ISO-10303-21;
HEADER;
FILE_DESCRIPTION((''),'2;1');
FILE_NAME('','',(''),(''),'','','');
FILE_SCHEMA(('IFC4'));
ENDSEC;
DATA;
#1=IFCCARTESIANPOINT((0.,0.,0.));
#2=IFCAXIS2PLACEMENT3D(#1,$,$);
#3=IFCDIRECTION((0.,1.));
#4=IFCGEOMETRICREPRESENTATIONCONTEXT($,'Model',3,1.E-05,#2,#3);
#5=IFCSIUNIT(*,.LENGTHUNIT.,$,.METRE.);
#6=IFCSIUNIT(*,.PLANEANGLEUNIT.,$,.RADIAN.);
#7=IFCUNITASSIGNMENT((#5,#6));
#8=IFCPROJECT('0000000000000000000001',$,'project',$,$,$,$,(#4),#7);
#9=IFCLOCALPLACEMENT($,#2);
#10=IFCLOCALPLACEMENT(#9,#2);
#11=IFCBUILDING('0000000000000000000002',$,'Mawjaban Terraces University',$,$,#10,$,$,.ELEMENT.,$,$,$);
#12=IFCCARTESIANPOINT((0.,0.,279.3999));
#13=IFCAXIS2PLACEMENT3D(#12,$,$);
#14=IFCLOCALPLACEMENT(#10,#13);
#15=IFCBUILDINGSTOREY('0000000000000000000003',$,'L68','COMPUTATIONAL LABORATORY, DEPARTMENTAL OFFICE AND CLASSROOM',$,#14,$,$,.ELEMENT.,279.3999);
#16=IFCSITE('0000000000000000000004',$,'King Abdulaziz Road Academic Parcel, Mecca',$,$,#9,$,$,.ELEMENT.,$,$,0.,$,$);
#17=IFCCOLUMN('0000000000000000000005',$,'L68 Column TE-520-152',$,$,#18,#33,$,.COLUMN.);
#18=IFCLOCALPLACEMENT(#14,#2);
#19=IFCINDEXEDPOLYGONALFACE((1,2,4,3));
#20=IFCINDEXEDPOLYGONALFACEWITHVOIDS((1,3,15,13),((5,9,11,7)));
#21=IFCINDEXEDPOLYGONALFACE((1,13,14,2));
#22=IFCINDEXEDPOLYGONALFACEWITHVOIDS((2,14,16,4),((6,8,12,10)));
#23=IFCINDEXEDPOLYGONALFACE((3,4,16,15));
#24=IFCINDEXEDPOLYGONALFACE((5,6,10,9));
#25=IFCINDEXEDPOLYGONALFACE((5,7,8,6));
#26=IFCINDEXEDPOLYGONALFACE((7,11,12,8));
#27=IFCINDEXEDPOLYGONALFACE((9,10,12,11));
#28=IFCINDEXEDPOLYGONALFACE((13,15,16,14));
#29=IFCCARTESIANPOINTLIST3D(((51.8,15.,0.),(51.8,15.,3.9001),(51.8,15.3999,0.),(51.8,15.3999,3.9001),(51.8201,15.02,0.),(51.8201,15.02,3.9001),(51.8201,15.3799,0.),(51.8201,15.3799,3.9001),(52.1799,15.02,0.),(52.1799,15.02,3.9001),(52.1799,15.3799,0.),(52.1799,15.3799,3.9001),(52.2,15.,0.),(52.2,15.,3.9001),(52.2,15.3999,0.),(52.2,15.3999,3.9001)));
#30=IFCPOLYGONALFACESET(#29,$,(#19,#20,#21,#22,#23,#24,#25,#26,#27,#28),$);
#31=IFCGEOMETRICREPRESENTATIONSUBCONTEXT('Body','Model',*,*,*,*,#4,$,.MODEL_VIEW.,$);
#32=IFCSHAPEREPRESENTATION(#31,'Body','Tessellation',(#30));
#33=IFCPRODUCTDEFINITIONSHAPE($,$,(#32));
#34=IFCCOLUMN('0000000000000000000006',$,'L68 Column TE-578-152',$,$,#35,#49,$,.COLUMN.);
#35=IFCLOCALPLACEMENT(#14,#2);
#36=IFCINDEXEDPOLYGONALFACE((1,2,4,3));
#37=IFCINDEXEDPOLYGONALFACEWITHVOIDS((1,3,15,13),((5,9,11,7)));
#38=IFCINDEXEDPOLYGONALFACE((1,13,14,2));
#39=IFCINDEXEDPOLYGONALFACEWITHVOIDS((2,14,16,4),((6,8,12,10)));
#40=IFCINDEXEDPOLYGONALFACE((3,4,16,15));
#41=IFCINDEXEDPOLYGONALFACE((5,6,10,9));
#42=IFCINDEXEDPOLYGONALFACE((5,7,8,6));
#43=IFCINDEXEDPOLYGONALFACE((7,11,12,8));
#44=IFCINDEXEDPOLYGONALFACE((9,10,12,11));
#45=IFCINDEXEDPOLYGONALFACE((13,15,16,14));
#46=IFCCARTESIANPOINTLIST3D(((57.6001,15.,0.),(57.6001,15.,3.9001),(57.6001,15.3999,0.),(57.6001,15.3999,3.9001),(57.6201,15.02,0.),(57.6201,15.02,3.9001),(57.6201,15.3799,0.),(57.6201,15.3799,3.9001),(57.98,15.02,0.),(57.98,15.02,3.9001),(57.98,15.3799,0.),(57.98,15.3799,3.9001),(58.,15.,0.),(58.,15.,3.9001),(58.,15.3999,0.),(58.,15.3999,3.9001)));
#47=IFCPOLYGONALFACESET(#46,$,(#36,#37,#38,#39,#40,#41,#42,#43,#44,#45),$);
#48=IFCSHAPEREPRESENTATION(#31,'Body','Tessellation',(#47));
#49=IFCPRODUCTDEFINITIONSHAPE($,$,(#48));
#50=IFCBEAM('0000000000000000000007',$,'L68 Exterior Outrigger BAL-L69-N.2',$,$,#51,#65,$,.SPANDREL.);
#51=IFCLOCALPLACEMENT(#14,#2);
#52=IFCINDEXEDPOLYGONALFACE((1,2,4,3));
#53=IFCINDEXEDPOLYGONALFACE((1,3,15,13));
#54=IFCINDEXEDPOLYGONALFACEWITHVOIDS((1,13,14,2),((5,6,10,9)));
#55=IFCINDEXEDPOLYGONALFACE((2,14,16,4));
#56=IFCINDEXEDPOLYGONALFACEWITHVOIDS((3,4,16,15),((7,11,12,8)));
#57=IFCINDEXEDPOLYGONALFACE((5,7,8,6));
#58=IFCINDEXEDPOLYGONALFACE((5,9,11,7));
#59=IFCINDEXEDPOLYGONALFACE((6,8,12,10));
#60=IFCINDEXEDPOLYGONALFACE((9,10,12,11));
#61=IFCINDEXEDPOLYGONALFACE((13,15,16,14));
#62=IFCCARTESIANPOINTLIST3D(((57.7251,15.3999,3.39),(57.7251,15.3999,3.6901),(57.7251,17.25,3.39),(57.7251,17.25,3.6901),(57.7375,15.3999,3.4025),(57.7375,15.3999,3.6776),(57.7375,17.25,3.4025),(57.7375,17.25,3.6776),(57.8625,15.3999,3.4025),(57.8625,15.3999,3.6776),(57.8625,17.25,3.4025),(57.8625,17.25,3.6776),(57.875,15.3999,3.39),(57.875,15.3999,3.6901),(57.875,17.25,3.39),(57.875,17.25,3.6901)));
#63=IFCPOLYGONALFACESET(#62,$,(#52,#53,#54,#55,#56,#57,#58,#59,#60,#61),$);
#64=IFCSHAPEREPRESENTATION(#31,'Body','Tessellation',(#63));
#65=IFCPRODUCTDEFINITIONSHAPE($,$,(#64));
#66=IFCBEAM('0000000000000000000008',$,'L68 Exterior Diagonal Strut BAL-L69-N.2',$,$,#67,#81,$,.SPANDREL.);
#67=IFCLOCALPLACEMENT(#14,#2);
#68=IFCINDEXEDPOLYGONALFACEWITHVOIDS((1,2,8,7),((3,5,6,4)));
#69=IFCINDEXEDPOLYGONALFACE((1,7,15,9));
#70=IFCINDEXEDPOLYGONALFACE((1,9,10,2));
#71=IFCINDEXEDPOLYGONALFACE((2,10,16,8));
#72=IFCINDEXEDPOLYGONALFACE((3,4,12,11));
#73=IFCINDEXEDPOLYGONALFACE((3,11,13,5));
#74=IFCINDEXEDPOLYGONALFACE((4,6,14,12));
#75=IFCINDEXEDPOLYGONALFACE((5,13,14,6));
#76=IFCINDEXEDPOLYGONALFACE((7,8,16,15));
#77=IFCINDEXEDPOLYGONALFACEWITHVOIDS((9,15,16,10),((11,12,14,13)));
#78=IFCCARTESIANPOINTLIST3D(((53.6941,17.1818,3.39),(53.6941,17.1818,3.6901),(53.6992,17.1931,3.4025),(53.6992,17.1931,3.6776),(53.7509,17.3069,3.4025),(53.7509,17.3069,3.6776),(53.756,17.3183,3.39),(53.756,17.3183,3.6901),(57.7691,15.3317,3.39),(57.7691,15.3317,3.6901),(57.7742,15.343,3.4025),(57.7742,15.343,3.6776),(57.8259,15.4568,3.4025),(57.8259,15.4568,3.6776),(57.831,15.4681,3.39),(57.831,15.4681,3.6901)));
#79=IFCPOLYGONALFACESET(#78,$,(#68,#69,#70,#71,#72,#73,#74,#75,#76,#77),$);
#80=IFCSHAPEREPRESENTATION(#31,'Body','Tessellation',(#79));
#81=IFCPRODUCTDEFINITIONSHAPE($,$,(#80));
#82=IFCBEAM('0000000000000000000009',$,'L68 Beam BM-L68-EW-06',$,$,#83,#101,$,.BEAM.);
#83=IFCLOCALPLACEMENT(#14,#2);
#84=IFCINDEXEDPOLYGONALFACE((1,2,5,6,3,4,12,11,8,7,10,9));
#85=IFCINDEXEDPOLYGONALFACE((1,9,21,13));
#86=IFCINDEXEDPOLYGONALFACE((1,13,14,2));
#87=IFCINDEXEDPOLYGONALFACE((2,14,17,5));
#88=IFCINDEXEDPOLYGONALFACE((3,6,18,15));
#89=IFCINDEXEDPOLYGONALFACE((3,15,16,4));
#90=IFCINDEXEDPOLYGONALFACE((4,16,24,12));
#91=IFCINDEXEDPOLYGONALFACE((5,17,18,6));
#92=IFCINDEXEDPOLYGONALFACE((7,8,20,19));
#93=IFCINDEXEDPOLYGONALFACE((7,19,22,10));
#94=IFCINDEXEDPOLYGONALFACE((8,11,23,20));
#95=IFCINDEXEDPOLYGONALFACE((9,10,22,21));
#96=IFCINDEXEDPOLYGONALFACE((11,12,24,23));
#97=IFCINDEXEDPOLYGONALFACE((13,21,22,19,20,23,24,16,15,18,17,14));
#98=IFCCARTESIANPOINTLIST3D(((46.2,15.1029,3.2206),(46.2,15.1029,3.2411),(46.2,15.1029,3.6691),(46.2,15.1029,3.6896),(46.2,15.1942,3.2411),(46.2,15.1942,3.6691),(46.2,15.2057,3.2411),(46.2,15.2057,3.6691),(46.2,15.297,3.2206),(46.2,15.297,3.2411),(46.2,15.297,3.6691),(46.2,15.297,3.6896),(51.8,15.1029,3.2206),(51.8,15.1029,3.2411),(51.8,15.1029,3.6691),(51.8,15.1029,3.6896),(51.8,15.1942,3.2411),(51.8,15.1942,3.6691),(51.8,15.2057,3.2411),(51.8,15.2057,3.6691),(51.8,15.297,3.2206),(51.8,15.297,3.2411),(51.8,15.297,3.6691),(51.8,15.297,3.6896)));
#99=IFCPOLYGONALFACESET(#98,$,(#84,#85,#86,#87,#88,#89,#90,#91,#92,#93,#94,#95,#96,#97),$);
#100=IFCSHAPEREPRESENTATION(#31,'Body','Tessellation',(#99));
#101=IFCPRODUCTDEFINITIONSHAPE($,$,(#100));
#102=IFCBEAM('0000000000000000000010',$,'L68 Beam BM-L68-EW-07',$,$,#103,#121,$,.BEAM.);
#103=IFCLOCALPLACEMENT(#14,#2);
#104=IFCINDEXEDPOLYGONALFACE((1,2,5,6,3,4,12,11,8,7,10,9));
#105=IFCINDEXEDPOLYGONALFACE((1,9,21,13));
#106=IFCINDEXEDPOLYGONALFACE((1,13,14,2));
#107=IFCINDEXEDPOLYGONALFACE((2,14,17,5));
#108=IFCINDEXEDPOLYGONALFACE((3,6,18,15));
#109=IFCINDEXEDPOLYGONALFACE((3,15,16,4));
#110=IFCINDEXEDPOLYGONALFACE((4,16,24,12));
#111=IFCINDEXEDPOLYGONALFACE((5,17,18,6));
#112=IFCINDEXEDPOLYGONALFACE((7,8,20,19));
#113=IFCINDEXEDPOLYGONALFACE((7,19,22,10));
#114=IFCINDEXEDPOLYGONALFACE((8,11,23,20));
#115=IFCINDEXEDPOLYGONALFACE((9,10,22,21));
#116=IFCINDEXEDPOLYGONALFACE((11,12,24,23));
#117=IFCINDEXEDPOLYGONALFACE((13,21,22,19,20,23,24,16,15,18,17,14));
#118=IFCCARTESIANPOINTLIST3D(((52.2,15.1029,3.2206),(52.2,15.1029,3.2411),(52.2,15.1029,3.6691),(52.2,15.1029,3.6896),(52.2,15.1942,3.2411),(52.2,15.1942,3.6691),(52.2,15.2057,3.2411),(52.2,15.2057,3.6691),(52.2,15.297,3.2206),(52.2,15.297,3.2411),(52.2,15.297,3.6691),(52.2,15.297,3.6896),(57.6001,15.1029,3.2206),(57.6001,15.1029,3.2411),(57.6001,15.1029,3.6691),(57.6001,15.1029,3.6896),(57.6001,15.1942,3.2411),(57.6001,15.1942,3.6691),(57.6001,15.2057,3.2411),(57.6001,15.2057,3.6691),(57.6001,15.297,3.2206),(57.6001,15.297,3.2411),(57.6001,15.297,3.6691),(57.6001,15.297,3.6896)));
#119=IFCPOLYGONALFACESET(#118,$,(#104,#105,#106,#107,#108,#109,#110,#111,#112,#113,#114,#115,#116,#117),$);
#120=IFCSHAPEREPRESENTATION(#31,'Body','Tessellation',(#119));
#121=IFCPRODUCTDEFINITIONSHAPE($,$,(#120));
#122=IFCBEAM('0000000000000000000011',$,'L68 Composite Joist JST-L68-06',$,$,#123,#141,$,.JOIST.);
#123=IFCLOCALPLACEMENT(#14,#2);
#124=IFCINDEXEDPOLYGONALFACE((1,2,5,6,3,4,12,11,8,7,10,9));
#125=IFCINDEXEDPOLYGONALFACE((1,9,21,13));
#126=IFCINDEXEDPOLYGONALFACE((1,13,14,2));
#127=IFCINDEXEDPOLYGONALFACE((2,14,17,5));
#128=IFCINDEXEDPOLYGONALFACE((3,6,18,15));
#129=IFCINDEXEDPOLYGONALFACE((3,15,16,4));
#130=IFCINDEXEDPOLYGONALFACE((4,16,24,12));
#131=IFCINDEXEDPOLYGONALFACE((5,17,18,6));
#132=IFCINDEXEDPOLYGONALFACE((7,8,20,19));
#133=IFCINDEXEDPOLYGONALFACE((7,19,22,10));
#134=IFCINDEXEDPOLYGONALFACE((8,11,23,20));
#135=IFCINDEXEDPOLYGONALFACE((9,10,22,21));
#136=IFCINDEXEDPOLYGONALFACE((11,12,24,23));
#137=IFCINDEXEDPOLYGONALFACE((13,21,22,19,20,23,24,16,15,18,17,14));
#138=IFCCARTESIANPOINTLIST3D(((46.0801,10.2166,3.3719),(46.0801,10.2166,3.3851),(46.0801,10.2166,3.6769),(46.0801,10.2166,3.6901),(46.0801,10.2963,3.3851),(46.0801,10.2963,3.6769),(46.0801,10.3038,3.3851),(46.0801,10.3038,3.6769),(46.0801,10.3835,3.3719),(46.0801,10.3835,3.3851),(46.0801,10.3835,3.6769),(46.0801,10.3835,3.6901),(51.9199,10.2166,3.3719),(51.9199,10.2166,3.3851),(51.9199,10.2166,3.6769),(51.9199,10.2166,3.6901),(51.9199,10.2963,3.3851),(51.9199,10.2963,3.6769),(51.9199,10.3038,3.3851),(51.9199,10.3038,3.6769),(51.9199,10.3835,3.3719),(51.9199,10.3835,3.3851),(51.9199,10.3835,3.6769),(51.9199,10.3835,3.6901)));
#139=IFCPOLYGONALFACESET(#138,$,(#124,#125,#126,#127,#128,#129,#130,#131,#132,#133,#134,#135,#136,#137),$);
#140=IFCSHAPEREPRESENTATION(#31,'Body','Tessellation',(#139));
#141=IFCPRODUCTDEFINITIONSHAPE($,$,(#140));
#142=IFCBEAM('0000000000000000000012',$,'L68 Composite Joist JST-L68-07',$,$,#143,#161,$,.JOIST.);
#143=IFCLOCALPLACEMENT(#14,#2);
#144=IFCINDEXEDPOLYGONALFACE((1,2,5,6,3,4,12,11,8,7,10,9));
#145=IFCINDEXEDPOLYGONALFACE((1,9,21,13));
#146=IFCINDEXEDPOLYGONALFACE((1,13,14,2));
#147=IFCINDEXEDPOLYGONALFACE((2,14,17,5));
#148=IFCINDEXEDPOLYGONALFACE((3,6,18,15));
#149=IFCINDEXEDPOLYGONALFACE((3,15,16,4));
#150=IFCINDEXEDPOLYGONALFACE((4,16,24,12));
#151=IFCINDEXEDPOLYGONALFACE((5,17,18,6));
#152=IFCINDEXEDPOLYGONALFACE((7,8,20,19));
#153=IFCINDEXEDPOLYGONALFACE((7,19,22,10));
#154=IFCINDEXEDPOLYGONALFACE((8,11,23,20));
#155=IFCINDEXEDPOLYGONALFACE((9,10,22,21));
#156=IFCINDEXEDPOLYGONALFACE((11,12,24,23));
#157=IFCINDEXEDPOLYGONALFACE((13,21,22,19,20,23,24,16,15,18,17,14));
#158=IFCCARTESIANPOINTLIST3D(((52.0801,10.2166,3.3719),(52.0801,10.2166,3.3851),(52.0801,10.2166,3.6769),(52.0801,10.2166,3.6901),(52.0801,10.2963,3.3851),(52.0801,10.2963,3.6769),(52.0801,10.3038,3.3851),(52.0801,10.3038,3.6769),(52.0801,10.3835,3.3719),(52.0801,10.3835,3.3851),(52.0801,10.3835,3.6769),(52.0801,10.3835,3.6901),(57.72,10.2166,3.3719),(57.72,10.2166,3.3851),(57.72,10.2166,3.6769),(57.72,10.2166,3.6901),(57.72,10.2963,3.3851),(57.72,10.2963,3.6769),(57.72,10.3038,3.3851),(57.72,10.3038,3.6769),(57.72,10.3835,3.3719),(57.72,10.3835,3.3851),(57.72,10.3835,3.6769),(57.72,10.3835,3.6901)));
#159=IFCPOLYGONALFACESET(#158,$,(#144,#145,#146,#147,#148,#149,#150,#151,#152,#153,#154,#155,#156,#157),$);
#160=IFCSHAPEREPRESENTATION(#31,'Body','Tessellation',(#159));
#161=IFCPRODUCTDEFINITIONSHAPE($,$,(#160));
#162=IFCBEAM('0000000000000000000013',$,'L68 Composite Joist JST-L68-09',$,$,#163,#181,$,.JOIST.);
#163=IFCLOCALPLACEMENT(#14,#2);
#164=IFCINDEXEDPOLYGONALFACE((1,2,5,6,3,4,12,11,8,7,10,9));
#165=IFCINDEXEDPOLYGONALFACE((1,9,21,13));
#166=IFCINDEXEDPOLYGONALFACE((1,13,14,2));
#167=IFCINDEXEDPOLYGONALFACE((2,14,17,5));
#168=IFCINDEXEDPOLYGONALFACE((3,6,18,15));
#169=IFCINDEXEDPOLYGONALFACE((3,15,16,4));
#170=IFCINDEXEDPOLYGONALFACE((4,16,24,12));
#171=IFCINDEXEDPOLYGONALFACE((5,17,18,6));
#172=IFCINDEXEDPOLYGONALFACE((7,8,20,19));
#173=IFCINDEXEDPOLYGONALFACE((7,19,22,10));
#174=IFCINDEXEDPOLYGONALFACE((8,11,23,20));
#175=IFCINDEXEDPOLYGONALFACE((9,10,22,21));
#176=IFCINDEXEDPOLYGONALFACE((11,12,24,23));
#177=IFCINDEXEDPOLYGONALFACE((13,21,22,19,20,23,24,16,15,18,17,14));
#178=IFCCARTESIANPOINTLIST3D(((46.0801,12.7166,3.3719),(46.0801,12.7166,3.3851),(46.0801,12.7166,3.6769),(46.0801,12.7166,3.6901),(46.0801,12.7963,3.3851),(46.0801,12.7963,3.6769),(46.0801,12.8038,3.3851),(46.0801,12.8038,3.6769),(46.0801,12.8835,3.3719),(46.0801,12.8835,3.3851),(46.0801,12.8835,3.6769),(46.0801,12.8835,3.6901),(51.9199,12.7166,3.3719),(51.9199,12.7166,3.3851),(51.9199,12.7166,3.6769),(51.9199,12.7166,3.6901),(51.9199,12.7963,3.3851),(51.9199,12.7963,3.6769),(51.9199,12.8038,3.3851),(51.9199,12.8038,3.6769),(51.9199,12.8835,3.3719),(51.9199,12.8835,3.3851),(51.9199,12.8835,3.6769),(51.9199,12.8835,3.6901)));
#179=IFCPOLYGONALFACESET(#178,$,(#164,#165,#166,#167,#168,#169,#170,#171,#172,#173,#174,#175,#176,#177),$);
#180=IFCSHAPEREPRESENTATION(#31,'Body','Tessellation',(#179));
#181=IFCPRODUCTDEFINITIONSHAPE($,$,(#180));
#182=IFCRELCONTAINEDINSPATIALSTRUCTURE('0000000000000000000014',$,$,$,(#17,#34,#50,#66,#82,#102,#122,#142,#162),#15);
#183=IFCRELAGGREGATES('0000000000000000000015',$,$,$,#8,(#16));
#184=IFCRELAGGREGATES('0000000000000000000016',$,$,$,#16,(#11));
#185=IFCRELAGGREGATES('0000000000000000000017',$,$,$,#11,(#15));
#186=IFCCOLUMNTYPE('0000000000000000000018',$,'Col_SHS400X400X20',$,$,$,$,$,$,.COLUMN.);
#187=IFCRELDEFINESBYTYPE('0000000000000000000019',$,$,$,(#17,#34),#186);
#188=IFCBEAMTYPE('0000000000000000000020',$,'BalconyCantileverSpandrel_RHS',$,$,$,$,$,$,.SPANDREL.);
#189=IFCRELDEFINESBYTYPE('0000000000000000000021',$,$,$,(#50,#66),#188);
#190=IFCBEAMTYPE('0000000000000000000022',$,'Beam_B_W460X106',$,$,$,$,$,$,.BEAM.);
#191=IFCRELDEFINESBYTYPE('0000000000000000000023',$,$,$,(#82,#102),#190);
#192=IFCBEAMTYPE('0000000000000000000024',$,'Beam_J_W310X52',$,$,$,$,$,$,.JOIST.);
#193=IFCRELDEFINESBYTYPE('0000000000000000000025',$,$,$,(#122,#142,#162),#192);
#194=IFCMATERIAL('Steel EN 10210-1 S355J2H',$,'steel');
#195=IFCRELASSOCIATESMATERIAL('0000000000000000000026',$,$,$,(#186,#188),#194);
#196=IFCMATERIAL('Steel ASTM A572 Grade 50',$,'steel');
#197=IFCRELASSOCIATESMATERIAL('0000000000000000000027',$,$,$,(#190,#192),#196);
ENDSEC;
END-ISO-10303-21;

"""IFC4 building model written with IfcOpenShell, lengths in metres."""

from ifc_helpers import new_model, si_unit, direction, frame, origin, origin_2d, place, context, subcontext, project, spatial, hollow_rectangle, i_section, extrude, material, material_profile, profile_set, type_object, element, save


model = new_model("IFC4")

# Units and contexts
model_context = context("Model", 3, precision=1e-05, world=origin(), true_north=direction((0.0, 1.0)))
body_context = subcontext(model_context, "Body", "Model", "MODEL_VIEW")
ifc_project = project(units=[si_unit("LENGTHUNIT", "METRE"), si_unit("PLANEANGLEUNIT", "RADIAN")], contexts=[model_context])

# Site, building, storey
site_placement = place(None, origin())
site = spatial("IfcSite", under=ifc_project, at=site_placement, Name="King Abdulaziz Road Academic Parcel, Mecca", CompositionType="ELEMENT", RefElevation=0.0)
building_placement = place(site_placement, origin())
building = spatial("IfcBuilding", under=site, at=building_placement, Name="Mawjaban Terraces University", CompositionType="ELEMENT")
storey_placement = place(building_placement, frame((0.0, 0.0, 279.3999)))
storey = spatial("IfcBuildingStorey", under=building, at=storey_placement, Name="L68", Description="COMPUTATIONAL LABORATORY, DEPARTMENTAL OFFICE AND CLASSROOM", CompositionType="ELEMENT", Elevation=279.3999)

# Columns
ifc_material_1 = material(Name="Steel EN 10210-1 S355J2H", Category="steel")
ifc_material_profile_1 = material_profile(ifc_material_1, hollow_rectangle(XDim=0.3999, YDim=0.3999, WallThickness=0.02, at=origin_2d()), Name="SHS400X400X20")
ifc_profile_set_1 = profile_set([ifc_material_profile_1], Name="Steel EN 10210-1 S355J2H")
column_type = type_object("IfcColumnType", Name="Col_SHS400X400X20", PredefinedType="COLUMN", material=ifc_profile_set_1)
for number, where, z_axis, x_axis, name in (
    (1, (52.0, 15.2, 0.0), (0.0, 0.0, 1.0), (1.0, 0.0, 0.0), "L68 Column TE-520-152"),
    (2, (57.8, 15.2, 0.0), (0.0, 0.0, 1.0), (1.0, 0.0, 0.0), "L68 Column TE-578-152"),
):
    element("IfcColumn", number, at=place(storey_placement, frame(where, z_axis=z_axis, x_axis=x_axis)), inside=storey, type_object=column_type, Name=name, PredefinedType="COLUMN", context=body_context, shape_type="SweptSolid", body=[
        extrude(hollow_rectangle(XDim=0.3999, YDim=0.3999, WallThickness=0.02, at=origin_2d()), origin(), (0.0, 0.0, 1.0), 3.9001),
    ])

# Beams
ifc_material_profile_2 = material_profile(ifc_material_1, hollow_rectangle(XDim=0.1499, YDim=0.3, WallThickness=0.0125, at=origin_2d()), Name="RHS300X150X12.5")
ifc_profile_set_2 = profile_set([ifc_material_profile_2], Name="Steel EN 10210-1 S355J2H")
beam_type_1 = type_object("IfcBeamType", Name="BalconyCantileverSpandrel_RHS", PredefinedType="SPANDREL", material=ifc_profile_set_2)
beam_1_placement = place(storey_placement, frame((57.8, 15.3999, 3.54), z_axis=(0.0, 1.0, 0.0), x_axis=(-1.0, 0.0, 0.0)))
element("IfcBeam", 3, at=beam_1_placement, inside=storey, type_object=beam_type_1, Name="L68 Exterior Outrigger BAL-L69-N.2", PredefinedType="SPANDREL", context=body_context, shape_type="SweptSolid", body=[
    extrude(hollow_rectangle(XDim=0.1499, YDim=0.3, WallThickness=0.0125, at=origin_2d()), origin(), (0.0, 0.0, 1.0), 1.8501),
])
beam_2_placement = place(storey_placement, frame((57.8, 15.3999, 3.54), z_axis=(-0.910548, 0.413404, 0.0), x_axis=(-0.413404, -0.910548, 0.0)))
element("IfcBeam", 4, at=beam_2_placement, inside=storey, type_object=beam_type_1, Name="L68 Exterior Diagonal Strut BAL-L69-N.2", PredefinedType="SPANDREL", context=body_context, shape_type="SweptSolid", body=[
    extrude(hollow_rectangle(XDim=0.1499, YDim=0.3, WallThickness=0.0125, at=origin_2d()), origin(), (0.0, 0.0, 1.0), 4.4753),
])
ifc_material_2 = material(Name="Steel ASTM A572 Grade 50", Category="steel")
ifc_material_profile_3 = material_profile(ifc_material_2, i_section(OverallWidth=0.1941, OverallDepth=0.469, WebThickness=0.0115, FlangeThickness=0.0205, at=origin_2d()), Name="W460X106")
ifc_profile_set_3 = profile_set([ifc_material_profile_3], Name="Steel ASTM A572 Grade 50")
beam_type_2 = type_object("IfcBeamType", Name="Beam_B_W460X106", PredefinedType="BEAM", material=ifc_profile_set_3)
beam_3_placement = place(storey_placement, frame((46.2, 15.2, 3.4551), z_axis=(1.0, 0.0, 0.0), x_axis=(0.0, 1.0, 0.0)))
element("IfcBeam", 5, at=beam_3_placement, inside=storey, type_object=beam_type_2, Name="L68 Beam BM-L68-EW-06", PredefinedType="BEAM", context=body_context, shape_type="SweptSolid", body=[
    extrude(i_section(OverallWidth=0.1941, OverallDepth=0.469, WebThickness=0.0115, FlangeThickness=0.0205, at=origin_2d()), origin(), (0.0, 0.0, 1.0), 5.6001),
])
beam_4_placement = place(storey_placement, frame((52.2, 15.2, 3.4551), z_axis=(1.0, 0.0, 0.0), x_axis=(0.0, 1.0, 0.0)))
element("IfcBeam", 6, at=beam_4_placement, inside=storey, type_object=beam_type_2, Name="L68 Beam BM-L68-EW-07", PredefinedType="BEAM", context=body_context, shape_type="SweptSolid", body=[
    extrude(i_section(OverallWidth=0.1941, OverallDepth=0.469, WebThickness=0.0115, FlangeThickness=0.0205, at=origin_2d()), origin(), (0.0, 0.0, 1.0), 5.4001),
])
ifc_material_profile_4 = material_profile(ifc_material_2, i_section(OverallWidth=0.167, OverallDepth=0.3181, WebThickness=0.0076, FlangeThickness=0.0132, at=origin_2d()), Name="W310X52")
ifc_profile_set_4 = profile_set([ifc_material_profile_4], Name="Steel ASTM A572 Grade 50")
beam_type_3 = type_object("IfcBeamType", Name="Beam_J_W310X52", PredefinedType="JOIST", material=ifc_profile_set_4)
beam_5_placement = place(storey_placement, frame((46.0801, 10.3, 3.531), z_axis=(1.0, 0.0, 0.0), x_axis=(0.0, 1.0, 0.0)))
element("IfcBeam", 7, at=beam_5_placement, inside=storey, type_object=beam_type_3, Name="L68 Composite Joist JST-L68-06", PredefinedType="JOIST", context=body_context, shape_type="SweptSolid", body=[
    extrude(i_section(OverallWidth=0.167, OverallDepth=0.3181, WebThickness=0.0076, FlangeThickness=0.0132, at=origin_2d()), origin(), (0.0, 0.0, 1.0), 5.8398),
])
beam_6_placement = place(storey_placement, frame((52.0801, 10.3, 3.531), z_axis=(1.0, 0.0, 0.0), x_axis=(0.0, 1.0, 0.0)))
element("IfcBeam", 8, at=beam_6_placement, inside=storey, type_object=beam_type_3, Name="L68 Composite Joist JST-L68-07", PredefinedType="JOIST", context=body_context, shape_type="SweptSolid", body=[
    extrude(i_section(OverallWidth=0.167, OverallDepth=0.3181, WebThickness=0.0076, FlangeThickness=0.0132, at=origin_2d()), origin(), (0.0, 0.0, 1.0), 5.6399),
])
beam_7_placement = place(storey_placement, frame((46.0801, 12.8, 3.531), z_axis=(1.0, 0.0, 0.0), x_axis=(0.0, 1.0, 0.0)))
element("IfcBeam", 9, at=beam_7_placement, inside=storey, type_object=beam_type_3, Name="L68 Composite Joist JST-L68-09", PredefinedType="JOIST", context=body_context, shape_type="SweptSolid", body=[
    extrude(i_section(OverallWidth=0.167, OverallDepth=0.3181, WebThickness=0.0076, FlangeThickness=0.0132, at=origin_2d()), origin(), (0.0, 0.0, 1.0), 5.8398),
])

save(model, "model.ifc")
